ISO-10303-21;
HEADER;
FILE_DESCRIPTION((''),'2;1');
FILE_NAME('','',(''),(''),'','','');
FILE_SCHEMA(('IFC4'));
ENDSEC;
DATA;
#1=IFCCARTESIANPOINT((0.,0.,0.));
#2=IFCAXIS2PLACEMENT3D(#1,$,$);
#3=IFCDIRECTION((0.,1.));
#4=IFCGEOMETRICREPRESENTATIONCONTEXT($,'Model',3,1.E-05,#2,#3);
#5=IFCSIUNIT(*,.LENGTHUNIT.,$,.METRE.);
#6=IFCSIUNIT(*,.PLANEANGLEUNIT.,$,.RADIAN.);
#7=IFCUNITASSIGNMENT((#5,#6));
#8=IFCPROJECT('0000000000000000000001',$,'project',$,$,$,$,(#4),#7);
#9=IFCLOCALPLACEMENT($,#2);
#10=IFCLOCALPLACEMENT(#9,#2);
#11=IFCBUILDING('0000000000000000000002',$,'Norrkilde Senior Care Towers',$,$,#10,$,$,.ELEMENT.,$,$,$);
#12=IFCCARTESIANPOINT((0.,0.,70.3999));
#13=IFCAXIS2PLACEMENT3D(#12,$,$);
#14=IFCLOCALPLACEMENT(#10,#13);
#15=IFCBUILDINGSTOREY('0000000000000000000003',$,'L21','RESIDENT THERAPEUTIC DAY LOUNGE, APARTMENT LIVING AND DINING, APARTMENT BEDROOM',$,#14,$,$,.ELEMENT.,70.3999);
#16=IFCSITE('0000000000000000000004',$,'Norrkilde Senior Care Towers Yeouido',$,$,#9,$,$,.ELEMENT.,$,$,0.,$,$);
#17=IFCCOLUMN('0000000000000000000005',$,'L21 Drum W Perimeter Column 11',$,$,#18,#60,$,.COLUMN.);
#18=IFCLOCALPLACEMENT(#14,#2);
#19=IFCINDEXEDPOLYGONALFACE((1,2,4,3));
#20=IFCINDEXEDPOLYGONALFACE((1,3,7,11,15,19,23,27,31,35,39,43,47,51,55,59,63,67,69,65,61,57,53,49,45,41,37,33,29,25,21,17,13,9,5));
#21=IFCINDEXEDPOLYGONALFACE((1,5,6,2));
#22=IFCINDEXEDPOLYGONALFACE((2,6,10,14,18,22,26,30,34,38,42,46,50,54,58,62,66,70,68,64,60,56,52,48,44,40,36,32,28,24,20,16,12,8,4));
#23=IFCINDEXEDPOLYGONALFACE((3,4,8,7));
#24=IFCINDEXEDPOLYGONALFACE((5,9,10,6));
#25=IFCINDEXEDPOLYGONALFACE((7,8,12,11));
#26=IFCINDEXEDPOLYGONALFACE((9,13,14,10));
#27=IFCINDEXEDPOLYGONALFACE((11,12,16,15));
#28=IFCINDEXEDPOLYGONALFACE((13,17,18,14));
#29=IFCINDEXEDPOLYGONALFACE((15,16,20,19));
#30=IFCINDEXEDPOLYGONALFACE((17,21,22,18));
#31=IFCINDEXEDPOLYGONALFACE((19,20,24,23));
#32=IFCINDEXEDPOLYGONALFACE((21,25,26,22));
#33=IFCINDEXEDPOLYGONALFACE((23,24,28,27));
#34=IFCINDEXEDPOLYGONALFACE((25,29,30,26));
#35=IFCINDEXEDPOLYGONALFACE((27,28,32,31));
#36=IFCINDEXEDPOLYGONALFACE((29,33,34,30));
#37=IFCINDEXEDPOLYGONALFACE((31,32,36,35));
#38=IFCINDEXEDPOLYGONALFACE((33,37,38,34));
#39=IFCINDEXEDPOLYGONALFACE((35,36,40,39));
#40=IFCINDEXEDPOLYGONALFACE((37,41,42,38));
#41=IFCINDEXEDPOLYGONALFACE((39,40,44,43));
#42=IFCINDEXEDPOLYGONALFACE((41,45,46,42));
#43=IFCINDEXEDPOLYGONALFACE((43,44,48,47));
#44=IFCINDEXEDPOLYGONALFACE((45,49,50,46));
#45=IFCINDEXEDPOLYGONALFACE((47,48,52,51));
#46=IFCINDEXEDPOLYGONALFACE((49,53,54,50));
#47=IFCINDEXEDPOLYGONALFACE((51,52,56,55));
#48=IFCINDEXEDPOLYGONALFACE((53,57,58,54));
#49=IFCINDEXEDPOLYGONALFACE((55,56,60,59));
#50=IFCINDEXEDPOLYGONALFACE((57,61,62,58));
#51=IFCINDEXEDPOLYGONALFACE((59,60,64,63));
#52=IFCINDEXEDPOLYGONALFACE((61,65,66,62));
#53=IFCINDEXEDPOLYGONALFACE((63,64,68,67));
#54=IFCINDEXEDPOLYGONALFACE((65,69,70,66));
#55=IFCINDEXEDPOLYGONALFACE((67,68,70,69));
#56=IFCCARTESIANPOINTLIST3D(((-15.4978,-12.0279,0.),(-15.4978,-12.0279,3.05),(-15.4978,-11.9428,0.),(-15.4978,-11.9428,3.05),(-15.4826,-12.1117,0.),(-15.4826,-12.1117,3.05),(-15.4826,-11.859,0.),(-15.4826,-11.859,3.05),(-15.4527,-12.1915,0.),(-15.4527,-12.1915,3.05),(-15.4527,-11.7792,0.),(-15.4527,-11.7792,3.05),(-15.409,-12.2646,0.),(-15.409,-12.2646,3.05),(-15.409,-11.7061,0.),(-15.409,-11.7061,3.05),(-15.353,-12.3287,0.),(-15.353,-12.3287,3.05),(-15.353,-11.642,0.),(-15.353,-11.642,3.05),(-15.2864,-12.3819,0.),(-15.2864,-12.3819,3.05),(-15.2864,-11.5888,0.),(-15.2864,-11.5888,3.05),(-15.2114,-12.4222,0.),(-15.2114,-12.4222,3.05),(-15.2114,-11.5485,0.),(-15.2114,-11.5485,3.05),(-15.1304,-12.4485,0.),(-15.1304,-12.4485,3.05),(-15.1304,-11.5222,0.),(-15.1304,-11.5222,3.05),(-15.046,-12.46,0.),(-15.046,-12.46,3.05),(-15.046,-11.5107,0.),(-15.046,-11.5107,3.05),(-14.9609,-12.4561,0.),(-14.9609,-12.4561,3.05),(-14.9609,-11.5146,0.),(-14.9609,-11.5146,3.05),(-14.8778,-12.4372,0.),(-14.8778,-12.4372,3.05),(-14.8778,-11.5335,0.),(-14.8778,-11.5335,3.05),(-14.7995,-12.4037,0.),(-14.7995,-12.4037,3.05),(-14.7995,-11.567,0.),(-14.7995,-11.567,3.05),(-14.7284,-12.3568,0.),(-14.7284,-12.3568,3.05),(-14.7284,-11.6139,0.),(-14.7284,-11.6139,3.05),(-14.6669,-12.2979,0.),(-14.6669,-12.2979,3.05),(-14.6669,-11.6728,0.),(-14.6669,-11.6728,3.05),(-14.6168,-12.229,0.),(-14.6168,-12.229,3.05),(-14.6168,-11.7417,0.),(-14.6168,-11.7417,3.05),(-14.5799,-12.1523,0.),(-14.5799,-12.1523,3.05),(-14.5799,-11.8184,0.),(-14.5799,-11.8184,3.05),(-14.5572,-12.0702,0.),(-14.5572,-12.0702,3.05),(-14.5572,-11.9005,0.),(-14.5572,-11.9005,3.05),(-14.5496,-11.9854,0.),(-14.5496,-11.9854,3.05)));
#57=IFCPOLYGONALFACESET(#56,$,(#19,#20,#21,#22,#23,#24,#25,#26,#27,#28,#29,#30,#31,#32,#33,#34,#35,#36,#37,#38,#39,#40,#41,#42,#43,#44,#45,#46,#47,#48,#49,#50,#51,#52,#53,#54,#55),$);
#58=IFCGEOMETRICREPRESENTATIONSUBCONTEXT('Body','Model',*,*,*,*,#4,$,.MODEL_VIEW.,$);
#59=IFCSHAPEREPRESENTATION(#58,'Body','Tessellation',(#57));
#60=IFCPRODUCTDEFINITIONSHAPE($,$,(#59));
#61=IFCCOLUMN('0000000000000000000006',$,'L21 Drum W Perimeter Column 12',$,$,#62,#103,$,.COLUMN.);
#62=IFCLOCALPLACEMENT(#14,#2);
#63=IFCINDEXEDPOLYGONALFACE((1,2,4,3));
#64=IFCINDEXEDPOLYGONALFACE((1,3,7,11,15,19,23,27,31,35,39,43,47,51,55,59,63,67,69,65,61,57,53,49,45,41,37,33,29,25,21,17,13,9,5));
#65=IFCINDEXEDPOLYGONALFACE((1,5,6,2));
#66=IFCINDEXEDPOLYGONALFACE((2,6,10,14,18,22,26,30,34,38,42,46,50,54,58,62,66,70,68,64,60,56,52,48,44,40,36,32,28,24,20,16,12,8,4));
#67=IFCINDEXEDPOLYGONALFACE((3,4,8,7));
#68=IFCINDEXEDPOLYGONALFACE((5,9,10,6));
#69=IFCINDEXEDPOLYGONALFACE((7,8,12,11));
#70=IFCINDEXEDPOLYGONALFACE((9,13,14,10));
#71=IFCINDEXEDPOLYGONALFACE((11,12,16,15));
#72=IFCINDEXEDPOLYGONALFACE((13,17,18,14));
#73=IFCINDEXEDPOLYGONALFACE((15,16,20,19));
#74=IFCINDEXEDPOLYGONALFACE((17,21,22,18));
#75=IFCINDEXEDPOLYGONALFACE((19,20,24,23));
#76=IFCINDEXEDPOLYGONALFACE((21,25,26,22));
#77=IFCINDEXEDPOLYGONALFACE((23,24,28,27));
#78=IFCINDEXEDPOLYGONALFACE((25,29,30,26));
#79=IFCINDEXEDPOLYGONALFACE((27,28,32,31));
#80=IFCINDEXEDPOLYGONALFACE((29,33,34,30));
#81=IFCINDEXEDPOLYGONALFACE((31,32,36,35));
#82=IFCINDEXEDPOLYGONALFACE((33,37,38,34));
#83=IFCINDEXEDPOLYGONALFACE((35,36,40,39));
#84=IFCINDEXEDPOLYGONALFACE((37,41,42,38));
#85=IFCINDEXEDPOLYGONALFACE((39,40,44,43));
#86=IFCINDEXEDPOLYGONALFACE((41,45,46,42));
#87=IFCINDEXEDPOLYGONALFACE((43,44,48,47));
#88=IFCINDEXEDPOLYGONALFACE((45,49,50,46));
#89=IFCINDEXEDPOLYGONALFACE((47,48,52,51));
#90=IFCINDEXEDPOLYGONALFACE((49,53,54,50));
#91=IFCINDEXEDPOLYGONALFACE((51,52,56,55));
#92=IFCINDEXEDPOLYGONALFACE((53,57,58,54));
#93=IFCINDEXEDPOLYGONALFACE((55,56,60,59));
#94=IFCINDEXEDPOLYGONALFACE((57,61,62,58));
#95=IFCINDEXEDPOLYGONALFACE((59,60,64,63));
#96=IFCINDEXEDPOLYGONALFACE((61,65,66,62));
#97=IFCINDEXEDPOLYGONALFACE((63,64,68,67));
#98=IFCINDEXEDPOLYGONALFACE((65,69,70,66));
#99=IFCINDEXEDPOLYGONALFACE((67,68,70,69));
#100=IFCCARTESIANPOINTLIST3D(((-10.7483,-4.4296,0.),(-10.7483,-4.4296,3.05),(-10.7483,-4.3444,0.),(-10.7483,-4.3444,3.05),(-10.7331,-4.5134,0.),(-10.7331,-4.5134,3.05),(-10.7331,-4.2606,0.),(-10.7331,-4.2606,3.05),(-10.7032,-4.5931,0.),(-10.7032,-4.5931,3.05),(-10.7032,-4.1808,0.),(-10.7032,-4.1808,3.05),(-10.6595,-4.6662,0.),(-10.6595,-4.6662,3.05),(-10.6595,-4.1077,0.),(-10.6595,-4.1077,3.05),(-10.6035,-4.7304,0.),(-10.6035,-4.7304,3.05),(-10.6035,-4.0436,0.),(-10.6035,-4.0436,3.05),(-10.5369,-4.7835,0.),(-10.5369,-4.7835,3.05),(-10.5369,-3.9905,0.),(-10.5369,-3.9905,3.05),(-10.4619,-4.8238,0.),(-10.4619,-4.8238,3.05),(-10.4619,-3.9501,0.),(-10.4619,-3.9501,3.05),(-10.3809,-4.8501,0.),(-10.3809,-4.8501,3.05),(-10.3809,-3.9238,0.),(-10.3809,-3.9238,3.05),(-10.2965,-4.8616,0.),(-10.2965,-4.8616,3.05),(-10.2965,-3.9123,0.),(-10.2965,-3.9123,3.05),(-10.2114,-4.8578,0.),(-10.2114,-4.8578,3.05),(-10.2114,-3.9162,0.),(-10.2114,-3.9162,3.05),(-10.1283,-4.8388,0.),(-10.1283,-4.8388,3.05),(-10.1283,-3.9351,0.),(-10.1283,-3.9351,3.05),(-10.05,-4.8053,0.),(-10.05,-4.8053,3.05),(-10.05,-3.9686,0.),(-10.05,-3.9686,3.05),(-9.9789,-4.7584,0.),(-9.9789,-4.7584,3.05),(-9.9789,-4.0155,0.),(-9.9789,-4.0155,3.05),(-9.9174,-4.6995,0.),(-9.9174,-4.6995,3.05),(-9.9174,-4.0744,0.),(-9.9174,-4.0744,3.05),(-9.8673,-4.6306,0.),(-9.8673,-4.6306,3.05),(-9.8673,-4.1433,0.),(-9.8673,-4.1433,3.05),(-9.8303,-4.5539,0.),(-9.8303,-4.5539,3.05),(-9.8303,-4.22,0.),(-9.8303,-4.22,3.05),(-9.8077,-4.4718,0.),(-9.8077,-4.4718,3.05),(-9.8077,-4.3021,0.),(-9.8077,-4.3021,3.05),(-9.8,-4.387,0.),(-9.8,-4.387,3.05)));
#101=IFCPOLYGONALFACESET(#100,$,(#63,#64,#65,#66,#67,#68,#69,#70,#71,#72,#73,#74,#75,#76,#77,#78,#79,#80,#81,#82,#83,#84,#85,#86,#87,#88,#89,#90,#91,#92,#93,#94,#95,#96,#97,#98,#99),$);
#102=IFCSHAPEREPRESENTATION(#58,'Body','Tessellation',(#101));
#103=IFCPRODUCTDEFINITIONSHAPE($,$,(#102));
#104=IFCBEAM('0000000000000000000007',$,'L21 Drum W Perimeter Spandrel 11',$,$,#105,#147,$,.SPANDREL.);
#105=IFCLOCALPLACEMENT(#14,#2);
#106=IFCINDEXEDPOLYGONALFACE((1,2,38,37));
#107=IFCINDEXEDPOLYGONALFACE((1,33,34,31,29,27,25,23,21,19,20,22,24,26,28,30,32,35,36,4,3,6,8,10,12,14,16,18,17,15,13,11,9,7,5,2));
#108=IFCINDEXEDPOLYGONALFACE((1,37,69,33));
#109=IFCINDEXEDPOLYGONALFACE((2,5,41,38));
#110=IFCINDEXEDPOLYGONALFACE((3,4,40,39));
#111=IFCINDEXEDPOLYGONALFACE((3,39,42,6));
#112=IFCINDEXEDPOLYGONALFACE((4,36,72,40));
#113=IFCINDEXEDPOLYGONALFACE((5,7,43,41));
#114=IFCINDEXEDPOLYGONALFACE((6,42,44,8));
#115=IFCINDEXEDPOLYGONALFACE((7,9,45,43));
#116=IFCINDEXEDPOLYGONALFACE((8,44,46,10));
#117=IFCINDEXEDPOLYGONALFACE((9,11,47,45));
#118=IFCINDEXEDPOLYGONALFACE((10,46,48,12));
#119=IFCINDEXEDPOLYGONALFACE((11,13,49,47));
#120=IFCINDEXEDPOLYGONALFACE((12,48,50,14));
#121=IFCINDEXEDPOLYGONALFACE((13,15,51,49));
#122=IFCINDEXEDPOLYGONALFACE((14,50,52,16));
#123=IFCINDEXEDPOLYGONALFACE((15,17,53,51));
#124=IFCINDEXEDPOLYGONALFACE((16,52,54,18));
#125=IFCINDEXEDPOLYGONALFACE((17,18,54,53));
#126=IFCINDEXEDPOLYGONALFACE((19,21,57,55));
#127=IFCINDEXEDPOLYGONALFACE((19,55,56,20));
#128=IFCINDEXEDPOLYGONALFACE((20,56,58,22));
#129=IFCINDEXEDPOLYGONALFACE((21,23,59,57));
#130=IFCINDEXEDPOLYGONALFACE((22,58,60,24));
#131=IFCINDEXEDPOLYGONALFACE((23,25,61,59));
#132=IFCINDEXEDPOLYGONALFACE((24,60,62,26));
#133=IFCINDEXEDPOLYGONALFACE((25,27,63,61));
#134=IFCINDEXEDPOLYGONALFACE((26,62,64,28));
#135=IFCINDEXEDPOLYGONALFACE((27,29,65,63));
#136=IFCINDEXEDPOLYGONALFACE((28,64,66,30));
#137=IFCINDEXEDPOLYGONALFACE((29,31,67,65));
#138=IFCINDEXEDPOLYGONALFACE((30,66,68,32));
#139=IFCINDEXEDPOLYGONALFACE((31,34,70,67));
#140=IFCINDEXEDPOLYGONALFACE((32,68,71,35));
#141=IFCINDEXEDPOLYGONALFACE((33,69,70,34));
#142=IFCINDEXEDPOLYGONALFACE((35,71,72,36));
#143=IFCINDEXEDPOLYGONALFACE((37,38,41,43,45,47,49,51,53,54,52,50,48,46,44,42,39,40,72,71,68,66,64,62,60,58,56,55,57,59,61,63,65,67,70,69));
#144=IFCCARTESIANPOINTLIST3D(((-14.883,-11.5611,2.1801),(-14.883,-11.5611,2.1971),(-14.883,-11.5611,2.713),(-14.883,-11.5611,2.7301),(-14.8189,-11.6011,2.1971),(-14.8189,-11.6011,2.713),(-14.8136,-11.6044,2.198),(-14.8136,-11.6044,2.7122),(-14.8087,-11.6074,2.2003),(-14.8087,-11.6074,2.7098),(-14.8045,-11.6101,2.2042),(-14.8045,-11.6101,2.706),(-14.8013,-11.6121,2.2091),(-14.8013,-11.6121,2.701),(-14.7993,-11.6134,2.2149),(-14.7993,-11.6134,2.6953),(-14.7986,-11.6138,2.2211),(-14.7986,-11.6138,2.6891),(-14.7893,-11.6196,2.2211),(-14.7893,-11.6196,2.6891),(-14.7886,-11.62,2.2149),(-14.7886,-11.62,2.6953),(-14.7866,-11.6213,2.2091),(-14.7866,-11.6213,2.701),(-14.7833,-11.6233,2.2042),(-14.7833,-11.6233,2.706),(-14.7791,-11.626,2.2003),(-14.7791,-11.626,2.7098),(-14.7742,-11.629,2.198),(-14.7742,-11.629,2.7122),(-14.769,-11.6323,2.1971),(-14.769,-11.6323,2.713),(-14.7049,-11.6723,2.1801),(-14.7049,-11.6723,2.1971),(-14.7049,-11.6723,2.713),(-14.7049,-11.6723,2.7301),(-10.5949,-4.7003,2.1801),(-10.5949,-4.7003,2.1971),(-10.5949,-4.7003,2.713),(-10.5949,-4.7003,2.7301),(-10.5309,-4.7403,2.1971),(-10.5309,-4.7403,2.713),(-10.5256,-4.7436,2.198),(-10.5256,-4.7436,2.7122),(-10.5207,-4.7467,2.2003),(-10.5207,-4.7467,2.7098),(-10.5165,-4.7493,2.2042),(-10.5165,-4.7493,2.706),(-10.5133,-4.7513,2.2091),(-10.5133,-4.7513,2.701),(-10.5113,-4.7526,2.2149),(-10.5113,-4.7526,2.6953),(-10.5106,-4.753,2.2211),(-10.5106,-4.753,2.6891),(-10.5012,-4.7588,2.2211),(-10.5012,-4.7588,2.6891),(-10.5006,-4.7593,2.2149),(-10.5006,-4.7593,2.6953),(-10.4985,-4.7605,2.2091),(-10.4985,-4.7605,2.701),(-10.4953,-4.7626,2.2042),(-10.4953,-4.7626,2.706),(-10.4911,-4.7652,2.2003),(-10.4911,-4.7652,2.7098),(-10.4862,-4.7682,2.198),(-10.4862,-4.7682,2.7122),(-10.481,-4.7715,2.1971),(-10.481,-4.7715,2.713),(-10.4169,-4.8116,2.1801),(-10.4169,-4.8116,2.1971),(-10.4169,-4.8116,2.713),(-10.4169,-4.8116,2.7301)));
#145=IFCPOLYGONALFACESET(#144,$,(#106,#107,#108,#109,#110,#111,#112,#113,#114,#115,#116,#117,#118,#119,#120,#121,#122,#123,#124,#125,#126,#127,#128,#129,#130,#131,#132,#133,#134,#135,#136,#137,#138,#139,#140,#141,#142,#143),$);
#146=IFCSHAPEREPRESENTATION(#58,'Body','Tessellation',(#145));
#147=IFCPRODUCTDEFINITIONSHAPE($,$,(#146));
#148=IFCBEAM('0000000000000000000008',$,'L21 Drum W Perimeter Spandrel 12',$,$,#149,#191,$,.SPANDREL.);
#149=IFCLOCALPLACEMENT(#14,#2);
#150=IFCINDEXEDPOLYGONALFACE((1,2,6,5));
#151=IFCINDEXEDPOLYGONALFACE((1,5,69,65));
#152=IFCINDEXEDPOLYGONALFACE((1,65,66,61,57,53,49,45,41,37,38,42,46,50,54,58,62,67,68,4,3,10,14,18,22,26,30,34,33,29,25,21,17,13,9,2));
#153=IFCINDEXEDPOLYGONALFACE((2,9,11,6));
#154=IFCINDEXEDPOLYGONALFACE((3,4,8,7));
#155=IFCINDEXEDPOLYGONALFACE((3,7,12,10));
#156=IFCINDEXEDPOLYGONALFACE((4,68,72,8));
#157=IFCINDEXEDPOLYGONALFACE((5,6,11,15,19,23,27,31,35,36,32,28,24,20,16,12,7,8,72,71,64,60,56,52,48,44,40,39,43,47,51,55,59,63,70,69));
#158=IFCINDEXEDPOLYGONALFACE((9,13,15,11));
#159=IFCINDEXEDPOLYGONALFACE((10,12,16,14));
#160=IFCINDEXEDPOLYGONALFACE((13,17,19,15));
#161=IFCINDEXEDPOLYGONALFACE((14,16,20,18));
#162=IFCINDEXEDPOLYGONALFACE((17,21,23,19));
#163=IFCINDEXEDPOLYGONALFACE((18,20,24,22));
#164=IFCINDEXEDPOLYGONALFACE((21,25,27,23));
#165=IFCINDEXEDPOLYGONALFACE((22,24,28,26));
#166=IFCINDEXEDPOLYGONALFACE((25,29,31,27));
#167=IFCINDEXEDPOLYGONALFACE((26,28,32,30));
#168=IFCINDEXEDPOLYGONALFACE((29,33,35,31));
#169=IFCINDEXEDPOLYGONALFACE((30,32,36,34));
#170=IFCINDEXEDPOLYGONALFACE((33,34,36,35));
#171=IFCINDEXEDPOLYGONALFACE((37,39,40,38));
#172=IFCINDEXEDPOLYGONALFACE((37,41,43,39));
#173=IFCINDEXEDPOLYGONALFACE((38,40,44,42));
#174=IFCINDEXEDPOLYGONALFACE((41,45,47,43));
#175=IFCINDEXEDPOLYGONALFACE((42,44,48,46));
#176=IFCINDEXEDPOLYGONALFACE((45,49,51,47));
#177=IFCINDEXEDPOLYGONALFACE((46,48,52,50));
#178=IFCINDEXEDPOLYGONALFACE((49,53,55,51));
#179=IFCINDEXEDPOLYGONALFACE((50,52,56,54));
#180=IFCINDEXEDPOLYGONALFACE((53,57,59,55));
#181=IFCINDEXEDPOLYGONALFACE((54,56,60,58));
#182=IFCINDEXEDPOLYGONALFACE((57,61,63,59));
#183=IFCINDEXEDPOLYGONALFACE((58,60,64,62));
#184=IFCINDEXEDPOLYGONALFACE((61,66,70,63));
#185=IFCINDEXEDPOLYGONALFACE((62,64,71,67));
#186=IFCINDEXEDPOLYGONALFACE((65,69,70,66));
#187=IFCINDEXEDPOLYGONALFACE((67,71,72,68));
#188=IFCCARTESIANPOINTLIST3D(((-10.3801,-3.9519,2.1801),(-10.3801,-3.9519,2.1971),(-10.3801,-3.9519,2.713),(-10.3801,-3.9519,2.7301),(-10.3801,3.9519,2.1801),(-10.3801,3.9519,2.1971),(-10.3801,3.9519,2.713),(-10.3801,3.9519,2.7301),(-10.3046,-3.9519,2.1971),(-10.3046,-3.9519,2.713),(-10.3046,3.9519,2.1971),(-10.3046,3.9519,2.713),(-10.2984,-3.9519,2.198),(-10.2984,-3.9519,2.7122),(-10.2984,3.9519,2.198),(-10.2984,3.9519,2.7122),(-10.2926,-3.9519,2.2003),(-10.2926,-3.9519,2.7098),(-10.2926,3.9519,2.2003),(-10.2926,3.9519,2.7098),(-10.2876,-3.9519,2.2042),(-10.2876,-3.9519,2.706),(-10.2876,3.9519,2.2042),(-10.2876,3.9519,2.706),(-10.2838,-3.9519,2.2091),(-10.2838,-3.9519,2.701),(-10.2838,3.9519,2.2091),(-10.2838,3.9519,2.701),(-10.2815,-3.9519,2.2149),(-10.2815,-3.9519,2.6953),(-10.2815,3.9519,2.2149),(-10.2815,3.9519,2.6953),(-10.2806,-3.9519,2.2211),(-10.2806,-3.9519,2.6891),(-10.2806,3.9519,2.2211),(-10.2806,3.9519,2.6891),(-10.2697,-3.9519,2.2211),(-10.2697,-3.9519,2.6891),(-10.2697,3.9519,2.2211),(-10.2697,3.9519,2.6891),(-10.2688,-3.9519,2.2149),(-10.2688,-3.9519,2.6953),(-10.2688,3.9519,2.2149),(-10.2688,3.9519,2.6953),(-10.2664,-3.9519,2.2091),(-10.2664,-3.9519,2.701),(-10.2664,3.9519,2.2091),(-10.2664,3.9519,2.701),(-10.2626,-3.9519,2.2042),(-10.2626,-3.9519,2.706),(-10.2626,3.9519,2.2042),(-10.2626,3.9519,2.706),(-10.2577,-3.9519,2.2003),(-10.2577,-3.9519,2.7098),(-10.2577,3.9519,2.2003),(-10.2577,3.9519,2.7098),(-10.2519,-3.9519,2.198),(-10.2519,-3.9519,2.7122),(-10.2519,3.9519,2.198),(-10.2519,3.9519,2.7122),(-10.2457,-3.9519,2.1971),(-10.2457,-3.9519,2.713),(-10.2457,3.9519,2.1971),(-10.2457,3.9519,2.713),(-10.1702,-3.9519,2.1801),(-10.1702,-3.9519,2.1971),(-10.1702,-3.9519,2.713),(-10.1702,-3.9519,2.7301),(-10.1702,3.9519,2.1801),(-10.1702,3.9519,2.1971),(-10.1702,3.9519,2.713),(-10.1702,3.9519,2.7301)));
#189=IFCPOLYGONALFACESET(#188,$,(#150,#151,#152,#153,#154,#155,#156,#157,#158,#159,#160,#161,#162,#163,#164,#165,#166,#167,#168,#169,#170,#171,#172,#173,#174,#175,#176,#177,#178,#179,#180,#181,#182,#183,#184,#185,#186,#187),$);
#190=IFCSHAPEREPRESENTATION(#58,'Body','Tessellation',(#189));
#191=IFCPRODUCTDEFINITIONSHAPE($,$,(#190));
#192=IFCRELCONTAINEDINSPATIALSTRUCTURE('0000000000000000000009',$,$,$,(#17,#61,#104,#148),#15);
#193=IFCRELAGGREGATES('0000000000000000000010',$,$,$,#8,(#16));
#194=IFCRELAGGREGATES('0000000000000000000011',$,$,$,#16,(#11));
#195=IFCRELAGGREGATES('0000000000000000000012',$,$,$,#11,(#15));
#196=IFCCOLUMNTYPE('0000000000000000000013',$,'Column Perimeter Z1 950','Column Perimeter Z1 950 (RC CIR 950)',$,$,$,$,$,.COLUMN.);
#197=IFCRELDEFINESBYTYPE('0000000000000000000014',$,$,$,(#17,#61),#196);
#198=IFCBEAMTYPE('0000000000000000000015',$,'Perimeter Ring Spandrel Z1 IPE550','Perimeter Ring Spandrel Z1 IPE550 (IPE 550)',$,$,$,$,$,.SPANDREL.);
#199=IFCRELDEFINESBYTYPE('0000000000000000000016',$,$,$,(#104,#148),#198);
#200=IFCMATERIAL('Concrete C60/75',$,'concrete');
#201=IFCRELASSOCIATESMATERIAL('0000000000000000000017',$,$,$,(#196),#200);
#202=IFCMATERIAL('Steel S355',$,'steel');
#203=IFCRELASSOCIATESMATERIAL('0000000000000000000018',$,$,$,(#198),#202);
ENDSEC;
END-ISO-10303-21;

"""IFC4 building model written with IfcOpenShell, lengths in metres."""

from ifc_helpers import new_model, si_unit, direction, frame, origin, origin_2d, place, context, subcontext, project, spatial, circle, i_section, extrude, source, transform, mapped, material, material_profile, profile_set, type_object, type_shapes, element, save


model = new_model("IFC4")

# Units and contexts
model_context = context("Model", 3, precision=1e-05, world=origin(), true_north=direction((0.0, 1.0)))
body_context = subcontext(model_context, "Body", "Model", "MODEL_VIEW")
ifc_project = project(units=[si_unit("LENGTHUNIT", "METRE"), si_unit("PLANEANGLEUNIT", "RADIAN")], contexts=[model_context])

# Site, building, storey
site_placement = place(None, origin())
site = spatial("IfcSite", under=ifc_project, at=site_placement, Name="Norrkilde Senior Care Towers Yeouido", CompositionType="ELEMENT", RefElevation=0.0)
building_placement = place(site_placement, origin())
building = spatial("IfcBuilding", under=site, at=building_placement, Name="Norrkilde Senior Care Towers", CompositionType="ELEMENT")
storey_placement = place(building_placement, frame((0.0, 0.0, 70.3999)))
storey = spatial("IfcBuildingStorey", under=building, at=storey_placement, Name="L21", Description="RESIDENT THERAPEUTIC DAY LOUNGE, APARTMENT LIVING AND DINING, APARTMENT BEDROOM", CompositionType="ELEMENT", Elevation=70.3999)

# Columns
ifc_material_1 = material(Name="Concrete C60/75", Category="concrete")
ifc_material_profile_1 = material_profile(ifc_material_1, circle(Radius=0.4751, at=origin_2d()), Name="RC CIR 950")
ifc_profile_set_1 = profile_set([ifc_material_profile_1], Name="Concrete C60/75")
column_type = type_object("IfcColumnType", Name="Column Perimeter Z1 950", Description="Column Perimeter Z1 950 (RC CIR 950)", PredefinedType="COLUMN", material=ifc_profile_set_1)
shared_shape_1 = source(origin(), body_context, "Body", "SweptSolid", [
    extrude(circle(Radius=0.4751, at=origin_2d()), origin(), (0.0, 0.0, 1.0), 3.05),
])
type_shapes(column_type, [shared_shape_1])
for number, where, z_axis, x_axis, name in (
    (1, (-15.0247, -11.9854, 0.0), (0.0, 0.0, 1.0), (1.0, 0.0, 0.0), "L21 Drum W Perimeter Column 11"),
    (2, (-10.2751, -4.387, 0.0), (0.0, 0.0, 1.0), (1.0, 0.0, 0.0), "L21 Drum W Perimeter Column 12"),
):
    element("IfcColumn", number, at=place(storey_placement, frame(where, z_axis=z_axis, x_axis=x_axis)), inside=storey, type_object=column_type, Name=name, PredefinedType="COLUMN", context=body_context, shape_type="MappedRepresentation", body=[
        mapped(shared_shape_1, transform((0.0, 0.0, 0.0), x_axis=(1.0, 0.0, 0.0), y_axis=(0.0, 1.0, 0.0), z_axis=(0.0, 0.0, 1.0), scale=1.0)),
    ])

# Beams
ifc_material_2 = material(Name="Steel S355", Category="steel")
ifc_material_profile_2 = material_profile(ifc_material_2, i_section(OverallWidth=0.21, OverallDepth=0.55, WebThickness=0.011, FlangeThickness=0.0171, FilletRadius=0.0239, at=origin_2d()), Name="IPE 550")
ifc_profile_set_2 = profile_set([ifc_material_profile_2], Name="Steel S355")
beam_type_1 = type_object("IfcBeamType", Name="Perimeter Ring Spandrel Z1 IPE550", Description="Perimeter Ring Spandrel Z1 IPE550 (IPE 550)", PredefinedType="SPANDREL", material=ifc_profile_set_2)
shared_shape_2 = source(origin(), body_context, "Body", "SweptSolid", [
    extrude(i_section(OverallWidth=0.21, OverallDepth=0.55, WebThickness=0.011, FlangeThickness=0.0171, FilletRadius=0.0239, at=origin_2d()), origin(), (0.0, 0.0, 1.0), 8.0906),
])
beam_1_placement = place(storey_placement, frame((-14.7939, -11.6167, 2.4551), z_axis=(0.530004, 0.847995, 0.0), x_axis=(-0.847995, 0.530004, 0.0)))
element("IfcBeam", 3, at=beam_1_placement, inside=storey, type_object=beam_type_1, Name="L21 Drum W Perimeter Spandrel 11", PredefinedType="SPANDREL", context=body_context, shape_type="MappedRepresentation", body=[
    mapped(shared_shape_2, transform((0.0, 0.0, 0.0), x_axis=(1.0, 0.0, 0.0), y_axis=(0.0, 1.0, 0.0), z_axis=(0.0, 0.0, 1.0), scale=1.0)),
])
shared_shape_3 = source(origin(), body_context, "Body", "SweptSolid", [
    extrude(i_section(OverallWidth=0.21, OverallDepth=0.55, WebThickness=0.011, FlangeThickness=0.0171, FilletRadius=0.0239, at=origin_2d()), origin(), (0.0, 0.0, 1.0), 7.9038),
])
type_shapes(beam_type_1, [shared_shape_2, shared_shape_3])
beam_2_placement = place(storey_placement, frame((-10.2751, -3.9519, 2.4551), z_axis=(0.0, 1.0, 0.0), x_axis=(-1.0, 0.0, 0.0)))
element("IfcBeam", 4, at=beam_2_placement, inside=storey, type_object=beam_type_1, Name="L21 Drum W Perimeter Spandrel 12", PredefinedType="SPANDREL", context=body_context, shape_type="MappedRepresentation", body=[
    mapped(shared_shape_3, transform((0.0, 0.0, 0.0), x_axis=(1.0, 0.0, 0.0), y_axis=(0.0, 1.0, 0.0), z_axis=(0.0, 0.0, 1.0), scale=1.0)),
])

save(model, "model.ifc")
